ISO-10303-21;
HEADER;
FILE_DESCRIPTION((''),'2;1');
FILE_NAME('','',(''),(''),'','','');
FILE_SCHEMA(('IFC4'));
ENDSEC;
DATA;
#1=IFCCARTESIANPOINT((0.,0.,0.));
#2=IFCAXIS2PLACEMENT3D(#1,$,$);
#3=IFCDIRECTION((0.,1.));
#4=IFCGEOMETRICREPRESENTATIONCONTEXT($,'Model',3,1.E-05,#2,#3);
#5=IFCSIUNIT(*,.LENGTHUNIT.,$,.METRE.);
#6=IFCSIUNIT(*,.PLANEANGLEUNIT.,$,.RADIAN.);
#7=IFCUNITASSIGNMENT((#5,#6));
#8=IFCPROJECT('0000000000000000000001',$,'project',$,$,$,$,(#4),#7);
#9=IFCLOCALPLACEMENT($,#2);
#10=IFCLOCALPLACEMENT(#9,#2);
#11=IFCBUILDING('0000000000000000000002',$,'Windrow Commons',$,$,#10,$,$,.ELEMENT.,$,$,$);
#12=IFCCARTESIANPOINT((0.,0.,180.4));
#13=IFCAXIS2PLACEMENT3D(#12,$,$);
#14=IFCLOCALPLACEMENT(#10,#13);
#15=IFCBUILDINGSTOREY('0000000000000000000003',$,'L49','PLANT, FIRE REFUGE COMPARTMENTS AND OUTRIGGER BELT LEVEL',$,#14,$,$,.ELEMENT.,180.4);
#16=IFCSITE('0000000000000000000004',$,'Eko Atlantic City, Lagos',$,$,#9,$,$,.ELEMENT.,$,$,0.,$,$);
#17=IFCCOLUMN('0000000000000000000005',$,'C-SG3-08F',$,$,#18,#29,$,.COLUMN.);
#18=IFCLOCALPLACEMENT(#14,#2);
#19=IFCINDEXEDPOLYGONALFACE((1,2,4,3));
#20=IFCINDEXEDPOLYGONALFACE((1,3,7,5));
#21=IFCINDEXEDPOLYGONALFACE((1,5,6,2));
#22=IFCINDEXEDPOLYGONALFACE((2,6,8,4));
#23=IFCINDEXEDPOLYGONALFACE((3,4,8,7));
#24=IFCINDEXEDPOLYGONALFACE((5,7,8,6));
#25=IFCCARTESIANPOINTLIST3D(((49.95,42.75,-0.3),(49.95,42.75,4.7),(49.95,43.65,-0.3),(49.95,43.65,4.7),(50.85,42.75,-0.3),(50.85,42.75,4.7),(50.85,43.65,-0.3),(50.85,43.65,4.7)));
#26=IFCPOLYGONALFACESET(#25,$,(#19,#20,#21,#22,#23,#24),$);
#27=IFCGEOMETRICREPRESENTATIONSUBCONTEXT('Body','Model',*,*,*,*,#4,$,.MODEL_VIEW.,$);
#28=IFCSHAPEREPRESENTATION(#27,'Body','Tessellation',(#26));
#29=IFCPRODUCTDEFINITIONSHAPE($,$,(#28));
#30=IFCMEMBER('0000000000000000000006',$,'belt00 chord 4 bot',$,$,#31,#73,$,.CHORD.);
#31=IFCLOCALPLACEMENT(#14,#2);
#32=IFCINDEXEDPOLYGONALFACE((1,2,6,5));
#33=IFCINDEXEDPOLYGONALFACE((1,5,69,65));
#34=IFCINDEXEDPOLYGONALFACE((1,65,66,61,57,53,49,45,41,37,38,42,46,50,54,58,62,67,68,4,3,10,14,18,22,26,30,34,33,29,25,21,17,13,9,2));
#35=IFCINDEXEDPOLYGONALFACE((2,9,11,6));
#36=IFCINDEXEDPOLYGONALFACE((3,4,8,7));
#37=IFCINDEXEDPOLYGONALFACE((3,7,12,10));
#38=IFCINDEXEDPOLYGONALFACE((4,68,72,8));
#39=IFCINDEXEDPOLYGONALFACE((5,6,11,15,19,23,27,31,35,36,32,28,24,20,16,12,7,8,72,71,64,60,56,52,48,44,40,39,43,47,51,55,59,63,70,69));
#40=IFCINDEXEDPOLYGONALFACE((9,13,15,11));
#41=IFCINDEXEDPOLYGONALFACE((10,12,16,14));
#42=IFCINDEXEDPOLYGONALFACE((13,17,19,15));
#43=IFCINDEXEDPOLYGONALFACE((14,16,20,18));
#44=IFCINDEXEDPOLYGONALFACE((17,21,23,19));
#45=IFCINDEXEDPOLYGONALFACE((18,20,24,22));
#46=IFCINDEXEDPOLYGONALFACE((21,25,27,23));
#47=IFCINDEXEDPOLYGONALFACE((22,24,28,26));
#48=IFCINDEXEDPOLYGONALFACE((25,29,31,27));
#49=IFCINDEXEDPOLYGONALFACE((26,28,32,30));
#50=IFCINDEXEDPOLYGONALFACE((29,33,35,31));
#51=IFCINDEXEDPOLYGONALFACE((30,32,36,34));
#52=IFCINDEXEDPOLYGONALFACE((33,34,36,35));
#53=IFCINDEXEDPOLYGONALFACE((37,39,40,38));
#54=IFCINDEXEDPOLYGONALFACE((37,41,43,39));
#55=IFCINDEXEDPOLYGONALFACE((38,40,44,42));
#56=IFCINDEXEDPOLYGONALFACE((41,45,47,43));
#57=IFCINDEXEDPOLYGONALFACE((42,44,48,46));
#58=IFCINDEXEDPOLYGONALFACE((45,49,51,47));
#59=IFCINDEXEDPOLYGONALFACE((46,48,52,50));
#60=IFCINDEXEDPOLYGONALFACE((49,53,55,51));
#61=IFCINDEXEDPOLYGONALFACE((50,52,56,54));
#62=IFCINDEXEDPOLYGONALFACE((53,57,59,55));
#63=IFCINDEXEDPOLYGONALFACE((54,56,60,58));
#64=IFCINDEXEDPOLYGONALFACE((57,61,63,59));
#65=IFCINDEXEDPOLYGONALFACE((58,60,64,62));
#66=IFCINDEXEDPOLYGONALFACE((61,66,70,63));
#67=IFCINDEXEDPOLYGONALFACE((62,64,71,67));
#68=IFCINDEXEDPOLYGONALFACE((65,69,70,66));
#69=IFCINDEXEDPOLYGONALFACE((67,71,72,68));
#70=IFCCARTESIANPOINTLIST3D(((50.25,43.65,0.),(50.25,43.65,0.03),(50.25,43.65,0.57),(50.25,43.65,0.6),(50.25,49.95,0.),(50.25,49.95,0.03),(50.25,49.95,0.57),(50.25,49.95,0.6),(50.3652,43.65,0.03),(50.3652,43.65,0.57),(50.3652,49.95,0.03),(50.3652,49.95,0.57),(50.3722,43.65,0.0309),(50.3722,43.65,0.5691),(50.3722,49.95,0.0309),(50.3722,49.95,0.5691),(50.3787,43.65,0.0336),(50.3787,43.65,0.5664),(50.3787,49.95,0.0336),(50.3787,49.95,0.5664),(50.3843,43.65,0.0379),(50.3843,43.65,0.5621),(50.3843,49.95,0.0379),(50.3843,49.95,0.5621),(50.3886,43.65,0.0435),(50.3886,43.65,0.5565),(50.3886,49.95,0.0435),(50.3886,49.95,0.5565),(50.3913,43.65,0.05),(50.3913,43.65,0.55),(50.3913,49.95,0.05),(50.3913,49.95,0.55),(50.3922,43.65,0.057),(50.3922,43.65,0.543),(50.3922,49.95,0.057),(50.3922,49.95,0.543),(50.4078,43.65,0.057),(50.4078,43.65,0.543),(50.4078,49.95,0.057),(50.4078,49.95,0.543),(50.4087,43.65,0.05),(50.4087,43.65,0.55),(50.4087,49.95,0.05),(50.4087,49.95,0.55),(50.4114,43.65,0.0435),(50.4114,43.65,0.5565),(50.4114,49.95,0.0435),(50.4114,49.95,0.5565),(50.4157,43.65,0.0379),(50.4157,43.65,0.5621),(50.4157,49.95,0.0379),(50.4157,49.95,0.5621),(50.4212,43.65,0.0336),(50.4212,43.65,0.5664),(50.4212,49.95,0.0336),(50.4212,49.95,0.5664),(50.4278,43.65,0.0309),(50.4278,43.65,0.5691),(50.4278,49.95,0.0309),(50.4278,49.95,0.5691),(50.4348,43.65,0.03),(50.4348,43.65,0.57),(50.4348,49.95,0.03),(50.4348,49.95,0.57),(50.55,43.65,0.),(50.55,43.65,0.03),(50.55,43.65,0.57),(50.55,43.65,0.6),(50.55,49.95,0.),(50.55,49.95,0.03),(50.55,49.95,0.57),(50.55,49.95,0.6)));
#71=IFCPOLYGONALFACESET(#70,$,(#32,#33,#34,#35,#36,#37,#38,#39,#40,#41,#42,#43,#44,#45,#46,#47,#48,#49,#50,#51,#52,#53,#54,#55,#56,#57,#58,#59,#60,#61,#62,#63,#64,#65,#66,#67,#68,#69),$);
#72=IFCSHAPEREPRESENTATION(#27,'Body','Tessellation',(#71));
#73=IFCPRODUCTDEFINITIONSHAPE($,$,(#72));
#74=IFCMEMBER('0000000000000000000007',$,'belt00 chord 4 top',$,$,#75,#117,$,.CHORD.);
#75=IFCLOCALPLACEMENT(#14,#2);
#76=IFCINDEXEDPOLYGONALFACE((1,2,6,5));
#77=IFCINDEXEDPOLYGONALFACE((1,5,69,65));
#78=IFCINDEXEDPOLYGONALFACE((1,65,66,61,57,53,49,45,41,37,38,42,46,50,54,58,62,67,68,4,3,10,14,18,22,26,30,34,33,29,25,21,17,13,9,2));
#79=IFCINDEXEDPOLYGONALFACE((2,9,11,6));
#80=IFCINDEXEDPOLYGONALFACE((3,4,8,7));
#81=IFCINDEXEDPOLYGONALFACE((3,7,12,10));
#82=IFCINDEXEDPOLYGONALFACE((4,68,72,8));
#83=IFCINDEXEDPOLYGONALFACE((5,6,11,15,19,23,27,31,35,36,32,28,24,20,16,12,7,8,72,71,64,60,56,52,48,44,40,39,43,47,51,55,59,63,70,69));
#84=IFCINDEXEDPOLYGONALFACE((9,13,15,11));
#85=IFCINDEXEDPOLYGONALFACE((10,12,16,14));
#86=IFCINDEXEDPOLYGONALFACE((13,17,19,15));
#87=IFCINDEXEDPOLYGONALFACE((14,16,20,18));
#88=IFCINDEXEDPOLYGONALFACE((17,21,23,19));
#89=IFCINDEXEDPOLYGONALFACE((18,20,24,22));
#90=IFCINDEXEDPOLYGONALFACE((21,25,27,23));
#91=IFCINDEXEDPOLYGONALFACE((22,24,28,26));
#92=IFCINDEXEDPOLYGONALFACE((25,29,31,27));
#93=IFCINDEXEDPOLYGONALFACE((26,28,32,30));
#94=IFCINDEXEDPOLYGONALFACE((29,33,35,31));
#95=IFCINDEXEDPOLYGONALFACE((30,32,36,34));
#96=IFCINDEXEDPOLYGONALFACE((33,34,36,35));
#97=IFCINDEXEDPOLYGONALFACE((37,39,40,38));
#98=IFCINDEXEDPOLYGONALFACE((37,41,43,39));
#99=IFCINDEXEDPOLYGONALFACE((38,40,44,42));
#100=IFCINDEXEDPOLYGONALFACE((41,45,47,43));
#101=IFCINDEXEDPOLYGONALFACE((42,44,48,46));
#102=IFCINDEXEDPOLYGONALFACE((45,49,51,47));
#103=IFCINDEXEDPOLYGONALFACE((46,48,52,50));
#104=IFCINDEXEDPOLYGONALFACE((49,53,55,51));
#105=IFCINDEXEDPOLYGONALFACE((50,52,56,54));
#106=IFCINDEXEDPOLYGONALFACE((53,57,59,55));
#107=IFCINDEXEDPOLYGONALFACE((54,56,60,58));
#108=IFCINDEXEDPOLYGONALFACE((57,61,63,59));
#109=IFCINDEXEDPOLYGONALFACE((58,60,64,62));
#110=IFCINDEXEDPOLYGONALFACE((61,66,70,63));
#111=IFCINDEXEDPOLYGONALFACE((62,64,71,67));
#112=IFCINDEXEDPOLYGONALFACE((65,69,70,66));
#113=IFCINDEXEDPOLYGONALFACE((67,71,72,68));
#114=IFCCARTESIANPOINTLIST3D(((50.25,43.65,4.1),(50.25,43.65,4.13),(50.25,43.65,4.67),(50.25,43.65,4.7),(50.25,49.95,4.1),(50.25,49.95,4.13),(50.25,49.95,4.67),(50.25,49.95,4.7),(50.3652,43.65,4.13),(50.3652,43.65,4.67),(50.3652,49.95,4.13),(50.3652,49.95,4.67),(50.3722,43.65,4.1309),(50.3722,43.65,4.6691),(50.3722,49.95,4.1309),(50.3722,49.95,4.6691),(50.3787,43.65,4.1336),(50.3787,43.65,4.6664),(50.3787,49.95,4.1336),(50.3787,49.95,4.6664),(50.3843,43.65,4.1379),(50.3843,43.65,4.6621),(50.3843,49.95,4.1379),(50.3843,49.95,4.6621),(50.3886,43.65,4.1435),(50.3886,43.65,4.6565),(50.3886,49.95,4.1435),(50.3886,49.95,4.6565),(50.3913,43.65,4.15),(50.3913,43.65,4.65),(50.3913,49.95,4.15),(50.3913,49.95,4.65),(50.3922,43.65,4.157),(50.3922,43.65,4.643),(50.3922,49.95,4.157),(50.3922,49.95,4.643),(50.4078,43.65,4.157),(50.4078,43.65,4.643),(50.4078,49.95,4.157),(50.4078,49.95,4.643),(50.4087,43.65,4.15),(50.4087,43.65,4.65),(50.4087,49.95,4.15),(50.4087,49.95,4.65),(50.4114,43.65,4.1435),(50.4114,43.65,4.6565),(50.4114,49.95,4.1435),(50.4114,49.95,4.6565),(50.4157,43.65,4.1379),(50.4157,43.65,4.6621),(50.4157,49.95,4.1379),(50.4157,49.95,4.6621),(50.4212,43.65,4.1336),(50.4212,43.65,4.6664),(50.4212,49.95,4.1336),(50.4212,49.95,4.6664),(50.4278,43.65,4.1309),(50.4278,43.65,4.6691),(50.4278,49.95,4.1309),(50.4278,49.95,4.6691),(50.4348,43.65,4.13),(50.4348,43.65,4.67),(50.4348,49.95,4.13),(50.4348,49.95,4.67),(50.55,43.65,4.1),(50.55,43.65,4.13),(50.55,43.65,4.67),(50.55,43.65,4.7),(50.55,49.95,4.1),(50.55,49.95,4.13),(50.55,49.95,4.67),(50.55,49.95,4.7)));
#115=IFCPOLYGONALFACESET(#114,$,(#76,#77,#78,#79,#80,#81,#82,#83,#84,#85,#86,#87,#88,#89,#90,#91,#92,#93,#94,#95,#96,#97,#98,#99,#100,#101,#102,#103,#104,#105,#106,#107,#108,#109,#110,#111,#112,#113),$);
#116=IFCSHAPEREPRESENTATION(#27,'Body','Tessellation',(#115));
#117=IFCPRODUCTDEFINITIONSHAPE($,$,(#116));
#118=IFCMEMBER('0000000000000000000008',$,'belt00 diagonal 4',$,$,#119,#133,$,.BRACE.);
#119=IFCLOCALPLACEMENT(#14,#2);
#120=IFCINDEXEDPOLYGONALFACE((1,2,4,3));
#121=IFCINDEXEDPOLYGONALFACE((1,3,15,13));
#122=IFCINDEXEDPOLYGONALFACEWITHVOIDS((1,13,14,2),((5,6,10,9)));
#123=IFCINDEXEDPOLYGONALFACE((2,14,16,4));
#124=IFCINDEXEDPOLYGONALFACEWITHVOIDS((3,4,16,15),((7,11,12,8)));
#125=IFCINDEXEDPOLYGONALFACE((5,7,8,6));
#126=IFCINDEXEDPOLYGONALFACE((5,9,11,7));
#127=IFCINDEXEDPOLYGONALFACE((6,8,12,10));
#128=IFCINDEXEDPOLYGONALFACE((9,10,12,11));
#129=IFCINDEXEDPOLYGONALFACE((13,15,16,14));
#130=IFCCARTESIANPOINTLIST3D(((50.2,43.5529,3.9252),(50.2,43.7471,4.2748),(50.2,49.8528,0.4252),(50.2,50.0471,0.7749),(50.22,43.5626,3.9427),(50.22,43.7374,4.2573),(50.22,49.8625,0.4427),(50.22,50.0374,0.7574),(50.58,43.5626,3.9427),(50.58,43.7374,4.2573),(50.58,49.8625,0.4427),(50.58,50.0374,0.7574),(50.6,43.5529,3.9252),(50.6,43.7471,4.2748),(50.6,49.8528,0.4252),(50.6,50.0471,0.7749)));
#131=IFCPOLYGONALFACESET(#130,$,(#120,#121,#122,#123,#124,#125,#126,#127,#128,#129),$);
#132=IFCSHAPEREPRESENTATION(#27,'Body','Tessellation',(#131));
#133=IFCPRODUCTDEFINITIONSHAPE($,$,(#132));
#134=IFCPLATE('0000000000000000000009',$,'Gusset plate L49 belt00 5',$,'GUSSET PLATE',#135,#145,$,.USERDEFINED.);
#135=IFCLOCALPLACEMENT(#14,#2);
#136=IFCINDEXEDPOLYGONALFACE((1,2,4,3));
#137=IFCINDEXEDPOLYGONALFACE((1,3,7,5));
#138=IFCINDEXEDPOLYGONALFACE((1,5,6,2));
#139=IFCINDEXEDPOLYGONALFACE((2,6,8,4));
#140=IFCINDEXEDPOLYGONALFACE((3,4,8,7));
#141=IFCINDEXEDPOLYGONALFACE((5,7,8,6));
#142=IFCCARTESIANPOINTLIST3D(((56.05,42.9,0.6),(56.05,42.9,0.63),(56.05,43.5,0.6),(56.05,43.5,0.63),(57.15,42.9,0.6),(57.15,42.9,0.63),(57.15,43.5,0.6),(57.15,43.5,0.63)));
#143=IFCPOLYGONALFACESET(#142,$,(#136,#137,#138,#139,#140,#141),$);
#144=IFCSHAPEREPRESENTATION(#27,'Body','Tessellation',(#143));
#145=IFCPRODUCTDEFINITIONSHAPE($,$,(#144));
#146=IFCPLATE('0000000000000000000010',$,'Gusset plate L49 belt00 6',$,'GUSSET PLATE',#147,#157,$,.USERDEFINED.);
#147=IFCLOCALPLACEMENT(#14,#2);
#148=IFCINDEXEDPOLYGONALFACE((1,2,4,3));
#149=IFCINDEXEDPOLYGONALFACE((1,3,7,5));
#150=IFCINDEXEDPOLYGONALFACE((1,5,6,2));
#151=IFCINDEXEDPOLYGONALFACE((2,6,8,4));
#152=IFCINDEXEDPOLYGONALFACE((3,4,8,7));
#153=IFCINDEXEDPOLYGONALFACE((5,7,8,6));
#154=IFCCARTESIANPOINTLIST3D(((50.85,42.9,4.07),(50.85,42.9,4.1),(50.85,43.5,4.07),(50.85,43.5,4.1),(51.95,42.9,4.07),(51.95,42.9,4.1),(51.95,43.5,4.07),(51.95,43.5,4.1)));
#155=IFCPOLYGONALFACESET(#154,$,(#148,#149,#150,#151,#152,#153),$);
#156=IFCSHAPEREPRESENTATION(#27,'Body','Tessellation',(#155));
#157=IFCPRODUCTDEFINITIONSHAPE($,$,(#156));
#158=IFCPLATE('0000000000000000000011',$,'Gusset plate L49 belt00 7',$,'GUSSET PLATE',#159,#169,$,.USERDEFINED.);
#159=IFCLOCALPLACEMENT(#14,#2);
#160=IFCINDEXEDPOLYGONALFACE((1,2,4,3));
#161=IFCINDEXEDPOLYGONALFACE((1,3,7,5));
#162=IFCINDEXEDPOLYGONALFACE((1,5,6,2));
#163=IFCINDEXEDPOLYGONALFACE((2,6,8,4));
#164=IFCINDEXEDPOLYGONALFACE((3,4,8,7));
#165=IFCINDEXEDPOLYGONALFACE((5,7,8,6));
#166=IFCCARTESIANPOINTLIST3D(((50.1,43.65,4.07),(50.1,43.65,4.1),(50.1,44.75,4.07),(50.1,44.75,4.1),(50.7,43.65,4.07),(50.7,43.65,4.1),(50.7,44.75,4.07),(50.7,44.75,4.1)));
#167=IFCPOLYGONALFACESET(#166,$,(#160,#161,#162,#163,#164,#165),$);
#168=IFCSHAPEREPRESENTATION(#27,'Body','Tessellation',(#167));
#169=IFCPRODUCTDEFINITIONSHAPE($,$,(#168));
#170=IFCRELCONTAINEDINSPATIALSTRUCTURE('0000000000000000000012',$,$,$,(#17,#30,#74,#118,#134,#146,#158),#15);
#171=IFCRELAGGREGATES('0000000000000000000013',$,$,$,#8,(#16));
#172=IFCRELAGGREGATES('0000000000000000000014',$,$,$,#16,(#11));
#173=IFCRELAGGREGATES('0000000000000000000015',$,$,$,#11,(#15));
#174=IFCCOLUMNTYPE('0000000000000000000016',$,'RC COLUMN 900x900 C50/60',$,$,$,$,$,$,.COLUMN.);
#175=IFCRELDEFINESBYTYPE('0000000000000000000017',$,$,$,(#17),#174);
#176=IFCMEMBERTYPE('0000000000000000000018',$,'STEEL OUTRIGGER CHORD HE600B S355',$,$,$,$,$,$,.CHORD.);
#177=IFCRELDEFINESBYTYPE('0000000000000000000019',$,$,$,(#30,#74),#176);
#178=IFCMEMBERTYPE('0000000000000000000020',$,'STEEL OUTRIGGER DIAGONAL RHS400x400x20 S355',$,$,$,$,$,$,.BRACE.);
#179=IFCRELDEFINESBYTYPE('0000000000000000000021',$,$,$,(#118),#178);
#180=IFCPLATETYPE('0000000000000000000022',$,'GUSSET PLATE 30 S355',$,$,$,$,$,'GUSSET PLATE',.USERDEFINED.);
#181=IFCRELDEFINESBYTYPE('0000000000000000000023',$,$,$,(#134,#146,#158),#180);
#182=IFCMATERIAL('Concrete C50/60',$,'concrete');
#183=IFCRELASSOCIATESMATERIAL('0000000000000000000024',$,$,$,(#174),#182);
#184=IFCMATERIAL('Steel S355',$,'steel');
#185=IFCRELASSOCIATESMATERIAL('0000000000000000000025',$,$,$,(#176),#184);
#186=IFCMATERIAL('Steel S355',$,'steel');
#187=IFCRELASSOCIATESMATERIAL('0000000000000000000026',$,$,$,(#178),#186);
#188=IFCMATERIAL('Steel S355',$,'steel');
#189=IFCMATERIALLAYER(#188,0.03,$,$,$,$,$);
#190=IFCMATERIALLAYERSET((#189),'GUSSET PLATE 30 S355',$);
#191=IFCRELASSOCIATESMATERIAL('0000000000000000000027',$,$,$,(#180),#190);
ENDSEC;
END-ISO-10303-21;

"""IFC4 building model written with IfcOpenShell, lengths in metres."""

from ifc_helpers import new_model, si_unit, direction, frame, origin, origin_2d, place, context, subcontext, project, spatial, rectangle, hollow_rectangle, i_section, extrude, material, layer, layer_set, material_profile, profile_set, type_object, element, save


model = new_model("IFC4")

# Units and contexts
model_context = context("Model", 3, precision=1e-05, world=origin(), true_north=direction((0.0, 1.0)))
body_context = subcontext(model_context, "Body", "Model", "MODEL_VIEW")
ifc_project = project(units=[si_unit("LENGTHUNIT", "METRE"), si_unit("PLANEANGLEUNIT", "RADIAN")], contexts=[model_context])

# Site, building, storey
site_placement = place(None, origin())
site = spatial("IfcSite", under=ifc_project, at=site_placement, Name="Eko Atlantic City, Lagos", CompositionType="ELEMENT", RefElevation=0.0)
building_placement = place(site_placement, origin())
building = spatial("IfcBuilding", under=site, at=building_placement, Name="Windrow Commons", CompositionType="ELEMENT")
storey_placement = place(building_placement, frame((0.0, 0.0, 180.4)))
storey = spatial("IfcBuildingStorey", under=building, at=storey_placement, Name="L49", Description="PLANT, FIRE REFUGE COMPARTMENTS AND OUTRIGGER BELT LEVEL", CompositionType="ELEMENT", Elevation=180.4)

# Column
ifc_material_1 = material(Name="Concrete C50/60", Category="concrete")
ifc_material_profile_1 = material_profile(ifc_material_1, rectangle(XDim=0.9, YDim=0.9, at=origin_2d()))
ifc_profile_set_1 = profile_set([ifc_material_profile_1], Name="Concrete C50/60")
column_type = type_object("IfcColumnType", Name="RC COLUMN 900x900 C50/60", PredefinedType="COLUMN", material=ifc_profile_set_1)
column_placement = place(storey_placement, frame((50.4, 43.2, -0.3), z_axis=(0.0, 0.0, 1.0), x_axis=(1.0, 0.0, 0.0)))
element("IfcColumn", 1, at=column_placement, inside=storey, type_object=column_type, Name="C-SG3-08F", PredefinedType="COLUMN", context=body_context, shape_type="SweptSolid", body=[
    extrude(rectangle(XDim=0.9, YDim=0.9, at=origin_2d()), origin(), (0.0, 0.0, 1.0), 5.0),
])

# Members
ifc_material_2 = material(Name="Steel S355", Category="steel")
ifc_material_profile_2 = material_profile(ifc_material_2, i_section(OverallWidth=0.3, OverallDepth=0.6, WebThickness=0.0155, FlangeThickness=0.03, FilletRadius=0.027, at=origin_2d()))
ifc_profile_set_2 = profile_set([ifc_material_profile_2], Name="Steel S355")
member_type_1 = type_object("IfcMemberType", Name="STEEL OUTRIGGER CHORD HE600B S355", PredefinedType="CHORD", material=ifc_profile_set_2)
for number, where, z_axis, x_axis, name in (
    (2, (50.4, 43.65, 0.3), (0.0, 1.0, 0.0), (-1.0, 0.0, 0.0), "belt00 chord 4 bot"),
    (3, (50.4, 43.65, 4.4), (0.0, 1.0, 0.0), (-1.0, 0.0, 0.0), "belt00 chord 4 top"),
):
    element("IfcMember", number, at=place(storey_placement, frame(where, z_axis=z_axis, x_axis=x_axis)), inside=storey, type_object=member_type_1, Name=name, PredefinedType="CHORD", context=body_context, shape_type="SweptSolid", body=[
        extrude(i_section(OverallWidth=0.3, OverallDepth=0.6, WebThickness=0.0155, FlangeThickness=0.03, FilletRadius=0.027, at=origin_2d()), origin(), (0.0, 0.0, 1.0), 6.3),
    ])
ifc_material_3 = material(Name="Steel S355", Category="steel")
ifc_material_profile_3 = material_profile(ifc_material_3, hollow_rectangle(XDim=0.4, YDim=0.4, WallThickness=0.02, at=origin_2d()))
ifc_profile_set_3 = profile_set([ifc_material_profile_3], Name="Steel S355")
member_type_2 = type_object("IfcMemberType", Name="STEEL OUTRIGGER DIAGONAL RHS400x400x20 S355", PredefinedType="BRACE", material=ifc_profile_set_3)
member_placement = place(storey_placement, frame((50.4, 43.65, 4.1), z_axis=(0.0, 0.874157, -0.485643), x_axis=(-1.0, 0.0, 0.0)))
element("IfcMember", 4, at=member_placement, inside=storey, type_object=member_type_2, Name="belt00 diagonal 4", PredefinedType="BRACE", context=body_context, shape_type="SweptSolid", body=[
    extrude(hollow_rectangle(XDim=0.4, YDim=0.4, WallThickness=0.02, at=origin_2d()), origin(), (0.0, 0.0, 1.0), 7.2069),
])

# Plates
ifc_material_4 = material(Name="Steel S355", Category="steel")
ifc_layer_1 = layer(ifc_material_4, 0.03)
ifc_layer_set_1 = layer_set([ifc_layer_1], Name="GUSSET PLATE 30 S355")
plate_type = type_object("IfcPlateType", Name="GUSSET PLATE 30 S355", ElementType="GUSSET PLATE", PredefinedType="USERDEFINED", material=ifc_layer_set_1)
for number, where, z_axis, x_axis, name in (
    (5, (56.6, 43.2, 0.6), (0.0, 0.0, 1.0), (-1.0, 0.0, 0.0), "Gusset plate L49 belt00 5"),
    (6, (51.4, 43.2, 4.07), (0.0, 0.0, 1.0), (-1.0, 0.0, 0.0), "Gusset plate L49 belt00 6"),
    (7, (50.4, 44.2, 4.07), (0.0, 0.0, 1.0), (0.0, 1.0, 0.0), "Gusset plate L49 belt00 7"),
):
    element("IfcPlate", number, at=place(storey_placement, frame(where, z_axis=z_axis, x_axis=x_axis)), inside=storey, type_object=plate_type, Name=name, ObjectType="GUSSET PLATE", PredefinedType="USERDEFINED", context=body_context, shape_type="SweptSolid", body=[
        extrude(rectangle(XDim=1.1, YDim=0.6, at=origin_2d()), origin(), (0.0, 0.0, 1.0), 0.03),
    ])

save(model, "model.ifc")
